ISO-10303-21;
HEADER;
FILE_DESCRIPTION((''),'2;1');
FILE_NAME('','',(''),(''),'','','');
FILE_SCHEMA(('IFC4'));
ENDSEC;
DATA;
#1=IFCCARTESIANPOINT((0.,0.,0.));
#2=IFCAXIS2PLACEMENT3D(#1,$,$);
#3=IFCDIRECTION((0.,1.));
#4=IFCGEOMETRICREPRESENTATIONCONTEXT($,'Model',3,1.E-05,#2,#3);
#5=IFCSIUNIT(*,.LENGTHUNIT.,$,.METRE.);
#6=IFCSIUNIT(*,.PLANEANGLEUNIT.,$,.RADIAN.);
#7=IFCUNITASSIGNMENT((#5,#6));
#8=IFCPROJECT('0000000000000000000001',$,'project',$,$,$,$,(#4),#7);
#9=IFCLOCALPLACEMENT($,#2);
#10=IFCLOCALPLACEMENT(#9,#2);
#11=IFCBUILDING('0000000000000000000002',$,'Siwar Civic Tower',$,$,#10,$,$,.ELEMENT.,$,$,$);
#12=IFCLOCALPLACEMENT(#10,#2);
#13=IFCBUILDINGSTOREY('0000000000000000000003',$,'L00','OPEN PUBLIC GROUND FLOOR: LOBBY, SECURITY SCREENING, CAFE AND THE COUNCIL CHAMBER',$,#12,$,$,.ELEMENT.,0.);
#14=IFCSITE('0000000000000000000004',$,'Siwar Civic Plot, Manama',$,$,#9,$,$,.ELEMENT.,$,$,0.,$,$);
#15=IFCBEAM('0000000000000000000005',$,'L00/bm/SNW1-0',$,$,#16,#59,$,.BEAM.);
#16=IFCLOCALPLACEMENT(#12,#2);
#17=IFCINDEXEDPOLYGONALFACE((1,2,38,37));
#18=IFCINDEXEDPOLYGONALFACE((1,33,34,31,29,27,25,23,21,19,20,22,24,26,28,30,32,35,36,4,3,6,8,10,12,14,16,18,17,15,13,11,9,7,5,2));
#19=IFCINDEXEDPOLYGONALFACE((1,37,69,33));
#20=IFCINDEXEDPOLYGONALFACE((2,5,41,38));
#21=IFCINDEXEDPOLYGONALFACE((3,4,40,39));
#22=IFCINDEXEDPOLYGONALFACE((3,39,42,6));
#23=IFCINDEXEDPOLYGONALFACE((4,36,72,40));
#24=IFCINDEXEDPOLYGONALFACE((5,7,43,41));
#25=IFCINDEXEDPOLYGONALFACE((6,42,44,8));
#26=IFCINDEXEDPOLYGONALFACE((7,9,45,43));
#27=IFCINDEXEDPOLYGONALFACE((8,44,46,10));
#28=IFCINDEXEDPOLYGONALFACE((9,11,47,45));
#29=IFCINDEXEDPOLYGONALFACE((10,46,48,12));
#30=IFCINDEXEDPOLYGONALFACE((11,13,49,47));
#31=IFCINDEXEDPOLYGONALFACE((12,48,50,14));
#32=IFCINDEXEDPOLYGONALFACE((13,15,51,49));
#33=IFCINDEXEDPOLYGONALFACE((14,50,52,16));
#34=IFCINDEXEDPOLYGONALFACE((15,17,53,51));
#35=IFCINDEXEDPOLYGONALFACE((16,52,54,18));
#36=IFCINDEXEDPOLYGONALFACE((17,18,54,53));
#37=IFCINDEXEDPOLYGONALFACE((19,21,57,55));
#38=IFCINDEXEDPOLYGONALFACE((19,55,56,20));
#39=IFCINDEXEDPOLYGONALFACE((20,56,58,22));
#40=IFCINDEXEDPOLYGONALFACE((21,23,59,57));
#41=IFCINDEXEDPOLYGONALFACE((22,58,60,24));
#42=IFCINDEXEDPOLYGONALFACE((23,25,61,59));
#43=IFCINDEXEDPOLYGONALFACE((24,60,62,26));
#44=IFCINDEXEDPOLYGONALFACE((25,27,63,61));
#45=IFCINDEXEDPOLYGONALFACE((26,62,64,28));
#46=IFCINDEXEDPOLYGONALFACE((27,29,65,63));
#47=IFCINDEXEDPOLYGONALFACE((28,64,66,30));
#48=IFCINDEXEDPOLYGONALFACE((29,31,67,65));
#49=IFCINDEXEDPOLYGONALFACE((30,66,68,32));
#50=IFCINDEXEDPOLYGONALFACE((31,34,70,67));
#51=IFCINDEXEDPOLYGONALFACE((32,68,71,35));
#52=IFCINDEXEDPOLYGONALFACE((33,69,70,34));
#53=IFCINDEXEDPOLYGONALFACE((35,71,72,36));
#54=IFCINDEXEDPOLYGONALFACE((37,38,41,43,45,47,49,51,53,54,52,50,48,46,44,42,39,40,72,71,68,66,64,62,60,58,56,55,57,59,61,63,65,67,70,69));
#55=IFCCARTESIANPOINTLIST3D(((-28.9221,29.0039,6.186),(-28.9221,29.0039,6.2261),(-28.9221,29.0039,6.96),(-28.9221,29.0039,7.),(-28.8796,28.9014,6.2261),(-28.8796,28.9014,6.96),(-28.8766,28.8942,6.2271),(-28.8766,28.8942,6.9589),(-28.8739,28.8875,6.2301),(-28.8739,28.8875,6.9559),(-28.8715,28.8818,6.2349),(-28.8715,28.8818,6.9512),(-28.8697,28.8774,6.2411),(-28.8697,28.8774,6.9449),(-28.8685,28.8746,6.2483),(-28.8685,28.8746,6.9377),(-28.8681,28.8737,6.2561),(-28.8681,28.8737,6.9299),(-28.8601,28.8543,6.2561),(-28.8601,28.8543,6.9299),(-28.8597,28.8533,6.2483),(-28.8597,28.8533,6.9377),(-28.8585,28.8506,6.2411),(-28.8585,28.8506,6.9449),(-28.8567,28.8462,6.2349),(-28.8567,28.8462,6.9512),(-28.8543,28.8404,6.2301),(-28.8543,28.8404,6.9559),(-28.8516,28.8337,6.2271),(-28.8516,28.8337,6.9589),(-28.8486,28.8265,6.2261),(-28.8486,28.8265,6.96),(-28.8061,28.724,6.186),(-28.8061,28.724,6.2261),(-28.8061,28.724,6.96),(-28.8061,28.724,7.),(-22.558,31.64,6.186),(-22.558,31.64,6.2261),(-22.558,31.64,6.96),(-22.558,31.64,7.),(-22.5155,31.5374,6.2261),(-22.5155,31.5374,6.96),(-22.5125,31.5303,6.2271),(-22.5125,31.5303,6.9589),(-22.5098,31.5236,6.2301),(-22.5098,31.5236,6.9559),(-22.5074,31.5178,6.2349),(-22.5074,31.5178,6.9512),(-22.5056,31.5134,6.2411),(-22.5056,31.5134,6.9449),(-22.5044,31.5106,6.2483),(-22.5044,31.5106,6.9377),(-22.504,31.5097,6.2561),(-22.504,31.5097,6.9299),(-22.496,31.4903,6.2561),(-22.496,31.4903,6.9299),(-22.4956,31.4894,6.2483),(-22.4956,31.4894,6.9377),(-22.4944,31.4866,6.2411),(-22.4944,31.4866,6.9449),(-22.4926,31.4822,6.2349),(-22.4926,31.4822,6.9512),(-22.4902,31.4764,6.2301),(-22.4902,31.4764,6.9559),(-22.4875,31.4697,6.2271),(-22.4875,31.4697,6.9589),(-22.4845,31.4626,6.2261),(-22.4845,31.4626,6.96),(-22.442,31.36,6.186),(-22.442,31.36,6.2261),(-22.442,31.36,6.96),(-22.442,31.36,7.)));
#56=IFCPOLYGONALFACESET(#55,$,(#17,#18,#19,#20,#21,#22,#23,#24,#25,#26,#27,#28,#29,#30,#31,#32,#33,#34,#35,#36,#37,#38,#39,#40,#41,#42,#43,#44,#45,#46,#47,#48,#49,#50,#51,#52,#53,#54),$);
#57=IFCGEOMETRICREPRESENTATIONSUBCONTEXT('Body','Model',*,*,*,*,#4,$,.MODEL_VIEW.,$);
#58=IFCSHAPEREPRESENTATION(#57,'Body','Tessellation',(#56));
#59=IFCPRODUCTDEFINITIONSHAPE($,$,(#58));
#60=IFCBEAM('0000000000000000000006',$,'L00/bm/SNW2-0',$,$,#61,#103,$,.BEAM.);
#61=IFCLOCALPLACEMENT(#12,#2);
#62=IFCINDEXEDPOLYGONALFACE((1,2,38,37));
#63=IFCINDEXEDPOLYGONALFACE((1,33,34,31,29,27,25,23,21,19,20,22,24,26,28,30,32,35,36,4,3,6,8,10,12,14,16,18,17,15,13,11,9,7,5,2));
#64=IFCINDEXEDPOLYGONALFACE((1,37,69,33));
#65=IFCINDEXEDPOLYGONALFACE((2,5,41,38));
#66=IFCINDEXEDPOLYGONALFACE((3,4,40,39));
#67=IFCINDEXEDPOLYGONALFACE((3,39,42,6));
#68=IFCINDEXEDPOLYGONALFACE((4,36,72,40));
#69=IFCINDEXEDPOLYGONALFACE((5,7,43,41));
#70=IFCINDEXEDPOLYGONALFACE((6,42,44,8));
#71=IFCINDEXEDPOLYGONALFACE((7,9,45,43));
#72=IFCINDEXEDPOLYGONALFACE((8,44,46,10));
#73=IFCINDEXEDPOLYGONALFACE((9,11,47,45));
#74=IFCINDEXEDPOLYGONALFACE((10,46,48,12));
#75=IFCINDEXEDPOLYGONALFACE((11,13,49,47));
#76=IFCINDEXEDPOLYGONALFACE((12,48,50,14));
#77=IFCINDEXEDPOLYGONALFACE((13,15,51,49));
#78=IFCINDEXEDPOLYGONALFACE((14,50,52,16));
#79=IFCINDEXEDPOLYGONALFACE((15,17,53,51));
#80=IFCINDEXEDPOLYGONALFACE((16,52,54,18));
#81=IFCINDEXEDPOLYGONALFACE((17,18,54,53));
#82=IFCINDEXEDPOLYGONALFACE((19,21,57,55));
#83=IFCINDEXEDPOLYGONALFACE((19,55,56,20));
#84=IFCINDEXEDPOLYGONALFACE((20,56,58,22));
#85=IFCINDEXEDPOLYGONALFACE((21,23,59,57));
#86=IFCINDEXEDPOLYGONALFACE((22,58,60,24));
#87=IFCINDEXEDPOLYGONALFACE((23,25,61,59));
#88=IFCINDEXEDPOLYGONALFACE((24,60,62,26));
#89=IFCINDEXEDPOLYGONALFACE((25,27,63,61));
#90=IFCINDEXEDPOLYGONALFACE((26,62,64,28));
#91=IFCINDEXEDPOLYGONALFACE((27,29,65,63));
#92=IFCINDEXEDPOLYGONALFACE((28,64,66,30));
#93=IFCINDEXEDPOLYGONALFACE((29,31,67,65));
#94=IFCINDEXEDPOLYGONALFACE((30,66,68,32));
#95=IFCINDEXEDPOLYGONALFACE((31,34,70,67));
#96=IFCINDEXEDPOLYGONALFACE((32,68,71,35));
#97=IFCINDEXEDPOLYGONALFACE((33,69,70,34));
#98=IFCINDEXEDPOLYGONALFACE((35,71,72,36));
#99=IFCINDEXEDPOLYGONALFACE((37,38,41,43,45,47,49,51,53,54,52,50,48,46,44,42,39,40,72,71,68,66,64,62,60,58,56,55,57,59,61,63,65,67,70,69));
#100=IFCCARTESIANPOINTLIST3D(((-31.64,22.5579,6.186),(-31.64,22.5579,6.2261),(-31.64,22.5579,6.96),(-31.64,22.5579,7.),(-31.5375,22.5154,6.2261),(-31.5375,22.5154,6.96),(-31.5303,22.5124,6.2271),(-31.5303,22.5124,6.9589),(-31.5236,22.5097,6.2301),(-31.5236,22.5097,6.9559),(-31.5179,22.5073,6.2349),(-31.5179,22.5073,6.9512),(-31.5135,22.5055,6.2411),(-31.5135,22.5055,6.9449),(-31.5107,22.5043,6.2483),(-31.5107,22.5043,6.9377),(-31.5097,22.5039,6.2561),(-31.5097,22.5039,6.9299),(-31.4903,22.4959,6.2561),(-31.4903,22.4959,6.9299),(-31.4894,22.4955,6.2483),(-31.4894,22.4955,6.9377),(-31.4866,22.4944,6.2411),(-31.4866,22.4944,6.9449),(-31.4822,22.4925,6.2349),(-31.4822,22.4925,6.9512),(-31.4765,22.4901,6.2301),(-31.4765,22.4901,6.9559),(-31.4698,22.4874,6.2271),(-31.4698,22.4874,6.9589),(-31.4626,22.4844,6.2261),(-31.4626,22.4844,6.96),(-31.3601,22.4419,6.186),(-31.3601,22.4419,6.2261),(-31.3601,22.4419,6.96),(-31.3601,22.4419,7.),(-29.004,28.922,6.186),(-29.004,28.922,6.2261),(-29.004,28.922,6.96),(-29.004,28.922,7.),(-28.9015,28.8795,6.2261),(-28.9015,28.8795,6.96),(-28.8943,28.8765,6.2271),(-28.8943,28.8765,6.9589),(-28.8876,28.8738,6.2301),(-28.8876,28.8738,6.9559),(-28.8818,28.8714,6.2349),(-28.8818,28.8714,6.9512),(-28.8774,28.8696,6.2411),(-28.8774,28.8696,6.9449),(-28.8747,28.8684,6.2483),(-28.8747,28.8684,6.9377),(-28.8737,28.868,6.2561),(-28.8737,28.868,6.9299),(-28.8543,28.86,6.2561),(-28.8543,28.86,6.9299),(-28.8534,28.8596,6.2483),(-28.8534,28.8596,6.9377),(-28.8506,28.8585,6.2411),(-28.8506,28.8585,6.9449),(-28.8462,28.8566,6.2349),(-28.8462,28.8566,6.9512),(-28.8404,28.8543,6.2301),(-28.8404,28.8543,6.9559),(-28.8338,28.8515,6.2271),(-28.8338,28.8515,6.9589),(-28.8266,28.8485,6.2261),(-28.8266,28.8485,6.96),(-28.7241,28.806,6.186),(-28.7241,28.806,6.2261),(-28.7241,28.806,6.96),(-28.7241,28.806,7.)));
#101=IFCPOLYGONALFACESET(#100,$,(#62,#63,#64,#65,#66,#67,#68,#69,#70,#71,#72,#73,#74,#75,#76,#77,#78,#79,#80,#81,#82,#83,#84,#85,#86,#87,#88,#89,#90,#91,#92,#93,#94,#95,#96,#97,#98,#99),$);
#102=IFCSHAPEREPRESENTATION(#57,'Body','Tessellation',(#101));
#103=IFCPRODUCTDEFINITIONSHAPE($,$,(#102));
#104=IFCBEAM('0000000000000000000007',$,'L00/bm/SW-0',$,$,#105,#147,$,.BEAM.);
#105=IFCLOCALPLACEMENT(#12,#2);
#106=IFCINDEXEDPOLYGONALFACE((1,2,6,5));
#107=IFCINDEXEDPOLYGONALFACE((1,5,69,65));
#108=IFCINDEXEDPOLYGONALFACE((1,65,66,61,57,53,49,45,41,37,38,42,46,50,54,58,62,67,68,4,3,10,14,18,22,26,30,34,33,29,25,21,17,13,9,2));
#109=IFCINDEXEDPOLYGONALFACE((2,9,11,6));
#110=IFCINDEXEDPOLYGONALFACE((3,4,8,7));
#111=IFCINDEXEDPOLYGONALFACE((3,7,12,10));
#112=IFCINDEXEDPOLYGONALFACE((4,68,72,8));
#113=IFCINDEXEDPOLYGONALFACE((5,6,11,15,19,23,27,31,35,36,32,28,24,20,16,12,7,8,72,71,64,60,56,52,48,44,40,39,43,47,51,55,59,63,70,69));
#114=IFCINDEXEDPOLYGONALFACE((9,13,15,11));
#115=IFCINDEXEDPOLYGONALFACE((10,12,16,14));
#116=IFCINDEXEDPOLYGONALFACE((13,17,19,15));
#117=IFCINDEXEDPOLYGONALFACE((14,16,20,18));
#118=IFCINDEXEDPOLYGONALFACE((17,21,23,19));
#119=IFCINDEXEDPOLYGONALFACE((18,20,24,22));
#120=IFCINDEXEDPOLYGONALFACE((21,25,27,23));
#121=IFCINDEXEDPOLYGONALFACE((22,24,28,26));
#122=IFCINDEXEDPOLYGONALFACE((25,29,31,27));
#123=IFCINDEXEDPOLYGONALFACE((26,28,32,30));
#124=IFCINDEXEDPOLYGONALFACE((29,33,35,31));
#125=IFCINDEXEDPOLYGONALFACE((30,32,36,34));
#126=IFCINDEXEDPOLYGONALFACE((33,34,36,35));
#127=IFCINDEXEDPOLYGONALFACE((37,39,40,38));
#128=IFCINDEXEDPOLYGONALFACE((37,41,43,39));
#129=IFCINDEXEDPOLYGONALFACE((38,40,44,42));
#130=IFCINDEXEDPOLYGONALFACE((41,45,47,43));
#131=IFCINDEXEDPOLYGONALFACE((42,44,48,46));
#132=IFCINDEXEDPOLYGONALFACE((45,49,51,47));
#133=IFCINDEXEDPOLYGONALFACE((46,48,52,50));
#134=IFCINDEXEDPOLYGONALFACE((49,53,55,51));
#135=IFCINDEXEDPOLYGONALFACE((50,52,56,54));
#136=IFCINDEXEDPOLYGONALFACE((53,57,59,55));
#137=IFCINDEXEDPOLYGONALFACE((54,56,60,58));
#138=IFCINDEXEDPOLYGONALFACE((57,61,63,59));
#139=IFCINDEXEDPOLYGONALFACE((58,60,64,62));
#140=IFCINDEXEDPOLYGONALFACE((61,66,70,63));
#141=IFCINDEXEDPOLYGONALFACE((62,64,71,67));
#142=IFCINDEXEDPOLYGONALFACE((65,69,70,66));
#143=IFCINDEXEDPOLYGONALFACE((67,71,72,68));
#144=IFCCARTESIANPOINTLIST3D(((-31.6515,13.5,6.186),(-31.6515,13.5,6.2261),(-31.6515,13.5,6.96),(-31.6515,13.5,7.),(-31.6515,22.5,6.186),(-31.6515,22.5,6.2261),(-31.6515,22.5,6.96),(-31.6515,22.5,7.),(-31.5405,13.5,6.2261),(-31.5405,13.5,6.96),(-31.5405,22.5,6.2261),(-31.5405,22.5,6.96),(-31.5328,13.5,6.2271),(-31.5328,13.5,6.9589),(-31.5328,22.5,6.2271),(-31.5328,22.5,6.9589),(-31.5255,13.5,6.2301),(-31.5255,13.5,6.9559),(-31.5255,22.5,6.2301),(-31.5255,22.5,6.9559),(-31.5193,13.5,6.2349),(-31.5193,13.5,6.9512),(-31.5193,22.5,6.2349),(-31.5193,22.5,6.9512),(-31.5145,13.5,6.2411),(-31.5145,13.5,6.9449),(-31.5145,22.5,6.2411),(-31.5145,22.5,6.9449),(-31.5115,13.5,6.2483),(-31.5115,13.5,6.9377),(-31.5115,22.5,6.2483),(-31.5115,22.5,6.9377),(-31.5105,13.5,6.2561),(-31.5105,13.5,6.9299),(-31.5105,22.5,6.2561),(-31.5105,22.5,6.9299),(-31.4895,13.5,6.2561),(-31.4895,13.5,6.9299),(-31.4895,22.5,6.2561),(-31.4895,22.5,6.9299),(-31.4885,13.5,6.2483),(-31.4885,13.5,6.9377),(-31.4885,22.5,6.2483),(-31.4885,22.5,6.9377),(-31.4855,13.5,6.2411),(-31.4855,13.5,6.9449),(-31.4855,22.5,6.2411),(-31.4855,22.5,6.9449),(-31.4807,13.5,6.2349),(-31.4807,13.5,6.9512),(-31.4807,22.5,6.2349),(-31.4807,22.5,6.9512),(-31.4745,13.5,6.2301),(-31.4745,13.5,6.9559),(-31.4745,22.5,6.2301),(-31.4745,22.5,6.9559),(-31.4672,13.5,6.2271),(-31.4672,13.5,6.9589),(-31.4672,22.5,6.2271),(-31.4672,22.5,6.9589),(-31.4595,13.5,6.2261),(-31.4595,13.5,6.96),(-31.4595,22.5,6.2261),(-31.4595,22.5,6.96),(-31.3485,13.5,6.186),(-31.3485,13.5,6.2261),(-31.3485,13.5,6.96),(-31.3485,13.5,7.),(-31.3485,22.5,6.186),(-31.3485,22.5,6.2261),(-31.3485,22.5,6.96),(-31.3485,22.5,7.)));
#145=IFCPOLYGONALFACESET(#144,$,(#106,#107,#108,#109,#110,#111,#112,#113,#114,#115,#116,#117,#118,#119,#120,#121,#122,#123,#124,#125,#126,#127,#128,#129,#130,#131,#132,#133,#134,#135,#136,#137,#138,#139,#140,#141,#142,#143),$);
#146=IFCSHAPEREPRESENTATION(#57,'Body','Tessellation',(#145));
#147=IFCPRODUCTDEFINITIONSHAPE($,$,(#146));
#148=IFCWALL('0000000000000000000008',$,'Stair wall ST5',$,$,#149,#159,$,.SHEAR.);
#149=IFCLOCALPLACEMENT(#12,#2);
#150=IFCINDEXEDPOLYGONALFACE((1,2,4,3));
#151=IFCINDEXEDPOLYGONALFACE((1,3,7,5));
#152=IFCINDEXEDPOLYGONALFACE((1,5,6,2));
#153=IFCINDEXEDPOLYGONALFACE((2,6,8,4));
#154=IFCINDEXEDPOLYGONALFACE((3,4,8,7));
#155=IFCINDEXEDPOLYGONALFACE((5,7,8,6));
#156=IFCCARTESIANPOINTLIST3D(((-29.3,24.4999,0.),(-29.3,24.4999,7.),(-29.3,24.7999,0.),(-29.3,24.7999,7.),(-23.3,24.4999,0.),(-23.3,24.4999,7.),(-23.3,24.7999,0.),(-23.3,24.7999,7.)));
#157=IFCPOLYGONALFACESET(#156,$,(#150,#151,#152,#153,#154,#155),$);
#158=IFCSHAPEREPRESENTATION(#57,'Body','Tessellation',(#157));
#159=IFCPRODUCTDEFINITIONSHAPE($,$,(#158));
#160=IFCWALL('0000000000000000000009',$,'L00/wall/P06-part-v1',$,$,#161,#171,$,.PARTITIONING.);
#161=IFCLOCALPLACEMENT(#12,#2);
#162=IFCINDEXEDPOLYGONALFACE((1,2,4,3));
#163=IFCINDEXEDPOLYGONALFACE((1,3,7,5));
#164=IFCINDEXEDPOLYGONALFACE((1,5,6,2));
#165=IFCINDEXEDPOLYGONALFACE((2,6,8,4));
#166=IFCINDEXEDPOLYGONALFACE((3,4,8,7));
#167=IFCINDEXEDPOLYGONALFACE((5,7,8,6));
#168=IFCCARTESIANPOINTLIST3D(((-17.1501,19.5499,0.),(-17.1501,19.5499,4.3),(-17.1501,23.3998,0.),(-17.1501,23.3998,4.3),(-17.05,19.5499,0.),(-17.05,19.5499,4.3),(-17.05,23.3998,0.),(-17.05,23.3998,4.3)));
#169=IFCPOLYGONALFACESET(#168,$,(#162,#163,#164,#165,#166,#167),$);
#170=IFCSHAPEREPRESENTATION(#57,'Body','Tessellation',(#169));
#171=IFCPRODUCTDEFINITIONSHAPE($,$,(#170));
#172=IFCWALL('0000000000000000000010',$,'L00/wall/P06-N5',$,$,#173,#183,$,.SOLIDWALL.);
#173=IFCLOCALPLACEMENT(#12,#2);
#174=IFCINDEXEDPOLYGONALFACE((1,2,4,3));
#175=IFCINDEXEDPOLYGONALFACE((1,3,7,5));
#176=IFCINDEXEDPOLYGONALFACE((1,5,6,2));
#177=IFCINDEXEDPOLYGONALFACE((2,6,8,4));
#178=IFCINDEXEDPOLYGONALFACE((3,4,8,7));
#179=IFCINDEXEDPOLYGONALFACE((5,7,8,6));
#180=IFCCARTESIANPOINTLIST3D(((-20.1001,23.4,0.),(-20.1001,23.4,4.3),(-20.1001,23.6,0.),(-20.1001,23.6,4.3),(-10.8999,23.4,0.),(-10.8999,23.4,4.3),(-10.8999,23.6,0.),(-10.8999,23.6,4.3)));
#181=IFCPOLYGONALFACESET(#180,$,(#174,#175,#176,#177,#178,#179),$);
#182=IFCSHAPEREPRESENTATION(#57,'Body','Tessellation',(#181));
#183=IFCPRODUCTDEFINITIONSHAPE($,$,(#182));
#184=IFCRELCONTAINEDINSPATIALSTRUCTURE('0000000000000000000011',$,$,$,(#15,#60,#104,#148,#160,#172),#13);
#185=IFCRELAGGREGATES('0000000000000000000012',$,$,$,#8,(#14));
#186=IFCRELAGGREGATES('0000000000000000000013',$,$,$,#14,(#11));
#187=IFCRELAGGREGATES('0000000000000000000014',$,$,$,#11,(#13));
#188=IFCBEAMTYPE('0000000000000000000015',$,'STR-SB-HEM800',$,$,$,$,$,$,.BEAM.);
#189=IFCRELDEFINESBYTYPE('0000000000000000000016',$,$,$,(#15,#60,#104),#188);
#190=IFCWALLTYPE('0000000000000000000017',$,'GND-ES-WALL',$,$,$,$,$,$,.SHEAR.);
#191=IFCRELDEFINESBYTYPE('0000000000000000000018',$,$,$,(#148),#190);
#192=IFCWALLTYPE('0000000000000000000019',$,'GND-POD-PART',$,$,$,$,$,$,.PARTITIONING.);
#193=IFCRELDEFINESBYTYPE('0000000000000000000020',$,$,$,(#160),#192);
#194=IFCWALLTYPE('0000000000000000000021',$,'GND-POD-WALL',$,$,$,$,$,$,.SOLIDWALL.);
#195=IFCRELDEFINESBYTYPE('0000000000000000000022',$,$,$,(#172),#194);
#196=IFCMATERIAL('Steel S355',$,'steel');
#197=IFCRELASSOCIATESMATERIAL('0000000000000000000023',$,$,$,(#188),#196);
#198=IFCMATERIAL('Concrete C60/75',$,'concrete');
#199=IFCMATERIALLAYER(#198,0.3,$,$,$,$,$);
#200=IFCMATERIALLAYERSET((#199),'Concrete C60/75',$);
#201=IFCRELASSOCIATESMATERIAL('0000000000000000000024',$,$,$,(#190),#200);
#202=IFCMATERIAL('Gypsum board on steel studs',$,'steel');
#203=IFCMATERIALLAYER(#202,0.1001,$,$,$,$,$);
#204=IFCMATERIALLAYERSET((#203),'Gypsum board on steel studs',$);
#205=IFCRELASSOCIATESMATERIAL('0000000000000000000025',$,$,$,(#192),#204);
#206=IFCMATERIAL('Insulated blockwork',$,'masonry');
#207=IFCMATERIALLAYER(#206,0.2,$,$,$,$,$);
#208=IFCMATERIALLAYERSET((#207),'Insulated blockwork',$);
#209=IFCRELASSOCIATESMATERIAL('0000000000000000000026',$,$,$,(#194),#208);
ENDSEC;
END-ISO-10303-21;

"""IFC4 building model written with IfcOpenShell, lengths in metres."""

from ifc_helpers import new_model, si_unit, direction, frame, frame_2d, origin, origin_2d, place, context, subcontext, project, spatial, rectangle, i_section, extrude, material, layer, layer_set, material_profile, profile_set, type_object, element, save


model = new_model("IFC4")

# Units and contexts
model_context = context("Model", 3, precision=1e-05, world=origin(), true_north=direction((0.0, 1.0)))
body_context = subcontext(model_context, "Body", "Model", "MODEL_VIEW")
ifc_project = project(units=[si_unit("LENGTHUNIT", "METRE"), si_unit("PLANEANGLEUNIT", "RADIAN")], contexts=[model_context])

# Site, building, storey
site_placement = place(None, origin())
site = spatial("IfcSite", under=ifc_project, at=site_placement, Name="Siwar Civic Plot, Manama", CompositionType="ELEMENT", RefElevation=0.0)
building_placement = place(site_placement, origin())
building = spatial("IfcBuilding", under=site, at=building_placement, Name="Siwar Civic Tower", CompositionType="ELEMENT")
storey_placement = place(building_placement, origin())
storey = spatial("IfcBuildingStorey", under=building, at=storey_placement, Name="L00", Description="OPEN PUBLIC GROUND FLOOR: LOBBY, SECURITY SCREENING, CAFE AND THE COUNCIL CHAMBER", CompositionType="ELEMENT", Elevation=0.0)

# Beams
ifc_material_1 = material(Name="Steel S355", Category="steel")
ifc_material_profile_1 = material_profile(ifc_material_1, i_section(OverallWidth=0.303, OverallDepth=0.814, WebThickness=0.021, FlangeThickness=0.04, FilletRadius=0.03, at=origin_2d()), Name="HEM800")
ifc_profile_set_1 = profile_set([ifc_material_profile_1], Name="Steel S355")
beam_type_1 = type_object("IfcBeamType", Name="STR-SB-HEM800", PredefinedType="BEAM", material=ifc_profile_set_1)
for number, where, z_axis, x_axis, name in (
    (1, (-22.5, 31.5, 6.593), (-0.923883, -0.382674, 0.0), (0.382674, -0.923883, 0.0), "L00/bm/SNW1-0"),
    (2, (-28.864, 28.864, 6.593), (-0.382674, -0.923883, 0.0), (0.923883, -0.382674, 0.0), "L00/bm/SNW2-0"),
):
    element("IfcBeam", number, at=place(storey_placement, frame(where, z_axis=z_axis, x_axis=x_axis)), inside=storey, type_object=beam_type_1, Name=name, PredefinedType="BEAM", context=body_context, shape_type="SweptSolid", body=[
        extrude(i_section(OverallWidth=0.303, OverallDepth=0.814, WebThickness=0.021, FlangeThickness=0.04, FilletRadius=0.03, at=origin_2d()), origin(), (0.0, 0.0, 1.0), 6.8884),
    ])
beam_1_placement = place(storey_placement, frame((-31.5, 22.5, 6.593), z_axis=(0.0, -1.0, 0.0), x_axis=(1.0, 0.0, 0.0)))
element("IfcBeam", 3, at=beam_1_placement, inside=storey, type_object=beam_type_1, Name="L00/bm/SW-0", PredefinedType="BEAM", context=body_context, shape_type="SweptSolid", body=[
    extrude(i_section(OverallWidth=0.303, OverallDepth=0.814, WebThickness=0.021, FlangeThickness=0.04, FilletRadius=0.03, at=origin_2d()), origin(), (0.0, 0.0, 1.0), 9.0),
])

# Walls
ifc_material_2 = material(Name="Concrete C60/75", Category="concrete")
ifc_layer_1 = layer(ifc_material_2, 0.3)
ifc_layer_set_1 = layer_set([ifc_layer_1], Name="Concrete C60/75")
wall_type_1 = type_object("IfcWallType", Name="GND-ES-WALL", PredefinedType="SHEAR", material=ifc_layer_set_1)
wall_1_placement = place(storey_placement, frame((-29.3, 24.6499, 0.0), z_axis=(0.0, 0.0, 1.0), x_axis=(1.0, 0.0, 0.0)))
element("IfcWall", 4, at=wall_1_placement, inside=storey, type_object=wall_type_1, Name="Stair wall ST5", PredefinedType="SHEAR", context=body_context, shape_type="SweptSolid", body=[
    extrude(rectangle(XDim=6.0, YDim=0.3, at=frame_2d((3.0, 0.0))), origin(), (0.0, 0.0, 1.0), 7.0),
])
ifc_material_3 = material(Name="Gypsum board on steel studs", Category="steel")
ifc_layer_2 = layer(ifc_material_3, 0.1001)
ifc_layer_set_2 = layer_set([ifc_layer_2], Name="Gypsum board on steel studs")
wall_type_2 = type_object("IfcWallType", Name="GND-POD-PART", PredefinedType="PARTITIONING", material=ifc_layer_set_2)
wall_2_placement = place(storey_placement, frame((-17.1001, 19.55, 0.0), z_axis=(0.0, 0.0, 1.0), x_axis=(0.0, 1.0, 0.0)))
element("IfcWall", 5, at=wall_2_placement, inside=storey, type_object=wall_type_2, Name="L00/wall/P06-part-v1", PredefinedType="PARTITIONING", context=body_context, shape_type="SweptSolid", body=[
    extrude(rectangle(XDim=3.8499, YDim=0.1001, at=frame_2d((1.9248, 0.0))), origin(), (0.0, 0.0, 1.0), 4.3),
])
ifc_material_4 = material(Name="Insulated blockwork", Category="masonry")
ifc_layer_3 = layer(ifc_material_4, 0.2)
ifc_layer_set_3 = layer_set([ifc_layer_3], Name="Insulated blockwork")
wall_type_3 = type_object("IfcWallType", Name="GND-POD-WALL", PredefinedType="SOLIDWALL", material=ifc_layer_set_3)
wall_3_placement = place(storey_placement, frame((-20.1001, 23.5, 0.0), z_axis=(0.0, 0.0, 1.0), x_axis=(1.0, 0.0, 0.0)))
element("IfcWall", 6, at=wall_3_placement, inside=storey, type_object=wall_type_3, Name="L00/wall/P06-N5", PredefinedType="SOLIDWALL", context=body_context, shape_type="SweptSolid", body=[
    extrude(rectangle(XDim=9.2002, YDim=0.2, at=frame_2d((4.6001, 0.0))), origin(), (0.0, 0.0, 1.0), 4.3),
])

save(model, "model.ifc")
